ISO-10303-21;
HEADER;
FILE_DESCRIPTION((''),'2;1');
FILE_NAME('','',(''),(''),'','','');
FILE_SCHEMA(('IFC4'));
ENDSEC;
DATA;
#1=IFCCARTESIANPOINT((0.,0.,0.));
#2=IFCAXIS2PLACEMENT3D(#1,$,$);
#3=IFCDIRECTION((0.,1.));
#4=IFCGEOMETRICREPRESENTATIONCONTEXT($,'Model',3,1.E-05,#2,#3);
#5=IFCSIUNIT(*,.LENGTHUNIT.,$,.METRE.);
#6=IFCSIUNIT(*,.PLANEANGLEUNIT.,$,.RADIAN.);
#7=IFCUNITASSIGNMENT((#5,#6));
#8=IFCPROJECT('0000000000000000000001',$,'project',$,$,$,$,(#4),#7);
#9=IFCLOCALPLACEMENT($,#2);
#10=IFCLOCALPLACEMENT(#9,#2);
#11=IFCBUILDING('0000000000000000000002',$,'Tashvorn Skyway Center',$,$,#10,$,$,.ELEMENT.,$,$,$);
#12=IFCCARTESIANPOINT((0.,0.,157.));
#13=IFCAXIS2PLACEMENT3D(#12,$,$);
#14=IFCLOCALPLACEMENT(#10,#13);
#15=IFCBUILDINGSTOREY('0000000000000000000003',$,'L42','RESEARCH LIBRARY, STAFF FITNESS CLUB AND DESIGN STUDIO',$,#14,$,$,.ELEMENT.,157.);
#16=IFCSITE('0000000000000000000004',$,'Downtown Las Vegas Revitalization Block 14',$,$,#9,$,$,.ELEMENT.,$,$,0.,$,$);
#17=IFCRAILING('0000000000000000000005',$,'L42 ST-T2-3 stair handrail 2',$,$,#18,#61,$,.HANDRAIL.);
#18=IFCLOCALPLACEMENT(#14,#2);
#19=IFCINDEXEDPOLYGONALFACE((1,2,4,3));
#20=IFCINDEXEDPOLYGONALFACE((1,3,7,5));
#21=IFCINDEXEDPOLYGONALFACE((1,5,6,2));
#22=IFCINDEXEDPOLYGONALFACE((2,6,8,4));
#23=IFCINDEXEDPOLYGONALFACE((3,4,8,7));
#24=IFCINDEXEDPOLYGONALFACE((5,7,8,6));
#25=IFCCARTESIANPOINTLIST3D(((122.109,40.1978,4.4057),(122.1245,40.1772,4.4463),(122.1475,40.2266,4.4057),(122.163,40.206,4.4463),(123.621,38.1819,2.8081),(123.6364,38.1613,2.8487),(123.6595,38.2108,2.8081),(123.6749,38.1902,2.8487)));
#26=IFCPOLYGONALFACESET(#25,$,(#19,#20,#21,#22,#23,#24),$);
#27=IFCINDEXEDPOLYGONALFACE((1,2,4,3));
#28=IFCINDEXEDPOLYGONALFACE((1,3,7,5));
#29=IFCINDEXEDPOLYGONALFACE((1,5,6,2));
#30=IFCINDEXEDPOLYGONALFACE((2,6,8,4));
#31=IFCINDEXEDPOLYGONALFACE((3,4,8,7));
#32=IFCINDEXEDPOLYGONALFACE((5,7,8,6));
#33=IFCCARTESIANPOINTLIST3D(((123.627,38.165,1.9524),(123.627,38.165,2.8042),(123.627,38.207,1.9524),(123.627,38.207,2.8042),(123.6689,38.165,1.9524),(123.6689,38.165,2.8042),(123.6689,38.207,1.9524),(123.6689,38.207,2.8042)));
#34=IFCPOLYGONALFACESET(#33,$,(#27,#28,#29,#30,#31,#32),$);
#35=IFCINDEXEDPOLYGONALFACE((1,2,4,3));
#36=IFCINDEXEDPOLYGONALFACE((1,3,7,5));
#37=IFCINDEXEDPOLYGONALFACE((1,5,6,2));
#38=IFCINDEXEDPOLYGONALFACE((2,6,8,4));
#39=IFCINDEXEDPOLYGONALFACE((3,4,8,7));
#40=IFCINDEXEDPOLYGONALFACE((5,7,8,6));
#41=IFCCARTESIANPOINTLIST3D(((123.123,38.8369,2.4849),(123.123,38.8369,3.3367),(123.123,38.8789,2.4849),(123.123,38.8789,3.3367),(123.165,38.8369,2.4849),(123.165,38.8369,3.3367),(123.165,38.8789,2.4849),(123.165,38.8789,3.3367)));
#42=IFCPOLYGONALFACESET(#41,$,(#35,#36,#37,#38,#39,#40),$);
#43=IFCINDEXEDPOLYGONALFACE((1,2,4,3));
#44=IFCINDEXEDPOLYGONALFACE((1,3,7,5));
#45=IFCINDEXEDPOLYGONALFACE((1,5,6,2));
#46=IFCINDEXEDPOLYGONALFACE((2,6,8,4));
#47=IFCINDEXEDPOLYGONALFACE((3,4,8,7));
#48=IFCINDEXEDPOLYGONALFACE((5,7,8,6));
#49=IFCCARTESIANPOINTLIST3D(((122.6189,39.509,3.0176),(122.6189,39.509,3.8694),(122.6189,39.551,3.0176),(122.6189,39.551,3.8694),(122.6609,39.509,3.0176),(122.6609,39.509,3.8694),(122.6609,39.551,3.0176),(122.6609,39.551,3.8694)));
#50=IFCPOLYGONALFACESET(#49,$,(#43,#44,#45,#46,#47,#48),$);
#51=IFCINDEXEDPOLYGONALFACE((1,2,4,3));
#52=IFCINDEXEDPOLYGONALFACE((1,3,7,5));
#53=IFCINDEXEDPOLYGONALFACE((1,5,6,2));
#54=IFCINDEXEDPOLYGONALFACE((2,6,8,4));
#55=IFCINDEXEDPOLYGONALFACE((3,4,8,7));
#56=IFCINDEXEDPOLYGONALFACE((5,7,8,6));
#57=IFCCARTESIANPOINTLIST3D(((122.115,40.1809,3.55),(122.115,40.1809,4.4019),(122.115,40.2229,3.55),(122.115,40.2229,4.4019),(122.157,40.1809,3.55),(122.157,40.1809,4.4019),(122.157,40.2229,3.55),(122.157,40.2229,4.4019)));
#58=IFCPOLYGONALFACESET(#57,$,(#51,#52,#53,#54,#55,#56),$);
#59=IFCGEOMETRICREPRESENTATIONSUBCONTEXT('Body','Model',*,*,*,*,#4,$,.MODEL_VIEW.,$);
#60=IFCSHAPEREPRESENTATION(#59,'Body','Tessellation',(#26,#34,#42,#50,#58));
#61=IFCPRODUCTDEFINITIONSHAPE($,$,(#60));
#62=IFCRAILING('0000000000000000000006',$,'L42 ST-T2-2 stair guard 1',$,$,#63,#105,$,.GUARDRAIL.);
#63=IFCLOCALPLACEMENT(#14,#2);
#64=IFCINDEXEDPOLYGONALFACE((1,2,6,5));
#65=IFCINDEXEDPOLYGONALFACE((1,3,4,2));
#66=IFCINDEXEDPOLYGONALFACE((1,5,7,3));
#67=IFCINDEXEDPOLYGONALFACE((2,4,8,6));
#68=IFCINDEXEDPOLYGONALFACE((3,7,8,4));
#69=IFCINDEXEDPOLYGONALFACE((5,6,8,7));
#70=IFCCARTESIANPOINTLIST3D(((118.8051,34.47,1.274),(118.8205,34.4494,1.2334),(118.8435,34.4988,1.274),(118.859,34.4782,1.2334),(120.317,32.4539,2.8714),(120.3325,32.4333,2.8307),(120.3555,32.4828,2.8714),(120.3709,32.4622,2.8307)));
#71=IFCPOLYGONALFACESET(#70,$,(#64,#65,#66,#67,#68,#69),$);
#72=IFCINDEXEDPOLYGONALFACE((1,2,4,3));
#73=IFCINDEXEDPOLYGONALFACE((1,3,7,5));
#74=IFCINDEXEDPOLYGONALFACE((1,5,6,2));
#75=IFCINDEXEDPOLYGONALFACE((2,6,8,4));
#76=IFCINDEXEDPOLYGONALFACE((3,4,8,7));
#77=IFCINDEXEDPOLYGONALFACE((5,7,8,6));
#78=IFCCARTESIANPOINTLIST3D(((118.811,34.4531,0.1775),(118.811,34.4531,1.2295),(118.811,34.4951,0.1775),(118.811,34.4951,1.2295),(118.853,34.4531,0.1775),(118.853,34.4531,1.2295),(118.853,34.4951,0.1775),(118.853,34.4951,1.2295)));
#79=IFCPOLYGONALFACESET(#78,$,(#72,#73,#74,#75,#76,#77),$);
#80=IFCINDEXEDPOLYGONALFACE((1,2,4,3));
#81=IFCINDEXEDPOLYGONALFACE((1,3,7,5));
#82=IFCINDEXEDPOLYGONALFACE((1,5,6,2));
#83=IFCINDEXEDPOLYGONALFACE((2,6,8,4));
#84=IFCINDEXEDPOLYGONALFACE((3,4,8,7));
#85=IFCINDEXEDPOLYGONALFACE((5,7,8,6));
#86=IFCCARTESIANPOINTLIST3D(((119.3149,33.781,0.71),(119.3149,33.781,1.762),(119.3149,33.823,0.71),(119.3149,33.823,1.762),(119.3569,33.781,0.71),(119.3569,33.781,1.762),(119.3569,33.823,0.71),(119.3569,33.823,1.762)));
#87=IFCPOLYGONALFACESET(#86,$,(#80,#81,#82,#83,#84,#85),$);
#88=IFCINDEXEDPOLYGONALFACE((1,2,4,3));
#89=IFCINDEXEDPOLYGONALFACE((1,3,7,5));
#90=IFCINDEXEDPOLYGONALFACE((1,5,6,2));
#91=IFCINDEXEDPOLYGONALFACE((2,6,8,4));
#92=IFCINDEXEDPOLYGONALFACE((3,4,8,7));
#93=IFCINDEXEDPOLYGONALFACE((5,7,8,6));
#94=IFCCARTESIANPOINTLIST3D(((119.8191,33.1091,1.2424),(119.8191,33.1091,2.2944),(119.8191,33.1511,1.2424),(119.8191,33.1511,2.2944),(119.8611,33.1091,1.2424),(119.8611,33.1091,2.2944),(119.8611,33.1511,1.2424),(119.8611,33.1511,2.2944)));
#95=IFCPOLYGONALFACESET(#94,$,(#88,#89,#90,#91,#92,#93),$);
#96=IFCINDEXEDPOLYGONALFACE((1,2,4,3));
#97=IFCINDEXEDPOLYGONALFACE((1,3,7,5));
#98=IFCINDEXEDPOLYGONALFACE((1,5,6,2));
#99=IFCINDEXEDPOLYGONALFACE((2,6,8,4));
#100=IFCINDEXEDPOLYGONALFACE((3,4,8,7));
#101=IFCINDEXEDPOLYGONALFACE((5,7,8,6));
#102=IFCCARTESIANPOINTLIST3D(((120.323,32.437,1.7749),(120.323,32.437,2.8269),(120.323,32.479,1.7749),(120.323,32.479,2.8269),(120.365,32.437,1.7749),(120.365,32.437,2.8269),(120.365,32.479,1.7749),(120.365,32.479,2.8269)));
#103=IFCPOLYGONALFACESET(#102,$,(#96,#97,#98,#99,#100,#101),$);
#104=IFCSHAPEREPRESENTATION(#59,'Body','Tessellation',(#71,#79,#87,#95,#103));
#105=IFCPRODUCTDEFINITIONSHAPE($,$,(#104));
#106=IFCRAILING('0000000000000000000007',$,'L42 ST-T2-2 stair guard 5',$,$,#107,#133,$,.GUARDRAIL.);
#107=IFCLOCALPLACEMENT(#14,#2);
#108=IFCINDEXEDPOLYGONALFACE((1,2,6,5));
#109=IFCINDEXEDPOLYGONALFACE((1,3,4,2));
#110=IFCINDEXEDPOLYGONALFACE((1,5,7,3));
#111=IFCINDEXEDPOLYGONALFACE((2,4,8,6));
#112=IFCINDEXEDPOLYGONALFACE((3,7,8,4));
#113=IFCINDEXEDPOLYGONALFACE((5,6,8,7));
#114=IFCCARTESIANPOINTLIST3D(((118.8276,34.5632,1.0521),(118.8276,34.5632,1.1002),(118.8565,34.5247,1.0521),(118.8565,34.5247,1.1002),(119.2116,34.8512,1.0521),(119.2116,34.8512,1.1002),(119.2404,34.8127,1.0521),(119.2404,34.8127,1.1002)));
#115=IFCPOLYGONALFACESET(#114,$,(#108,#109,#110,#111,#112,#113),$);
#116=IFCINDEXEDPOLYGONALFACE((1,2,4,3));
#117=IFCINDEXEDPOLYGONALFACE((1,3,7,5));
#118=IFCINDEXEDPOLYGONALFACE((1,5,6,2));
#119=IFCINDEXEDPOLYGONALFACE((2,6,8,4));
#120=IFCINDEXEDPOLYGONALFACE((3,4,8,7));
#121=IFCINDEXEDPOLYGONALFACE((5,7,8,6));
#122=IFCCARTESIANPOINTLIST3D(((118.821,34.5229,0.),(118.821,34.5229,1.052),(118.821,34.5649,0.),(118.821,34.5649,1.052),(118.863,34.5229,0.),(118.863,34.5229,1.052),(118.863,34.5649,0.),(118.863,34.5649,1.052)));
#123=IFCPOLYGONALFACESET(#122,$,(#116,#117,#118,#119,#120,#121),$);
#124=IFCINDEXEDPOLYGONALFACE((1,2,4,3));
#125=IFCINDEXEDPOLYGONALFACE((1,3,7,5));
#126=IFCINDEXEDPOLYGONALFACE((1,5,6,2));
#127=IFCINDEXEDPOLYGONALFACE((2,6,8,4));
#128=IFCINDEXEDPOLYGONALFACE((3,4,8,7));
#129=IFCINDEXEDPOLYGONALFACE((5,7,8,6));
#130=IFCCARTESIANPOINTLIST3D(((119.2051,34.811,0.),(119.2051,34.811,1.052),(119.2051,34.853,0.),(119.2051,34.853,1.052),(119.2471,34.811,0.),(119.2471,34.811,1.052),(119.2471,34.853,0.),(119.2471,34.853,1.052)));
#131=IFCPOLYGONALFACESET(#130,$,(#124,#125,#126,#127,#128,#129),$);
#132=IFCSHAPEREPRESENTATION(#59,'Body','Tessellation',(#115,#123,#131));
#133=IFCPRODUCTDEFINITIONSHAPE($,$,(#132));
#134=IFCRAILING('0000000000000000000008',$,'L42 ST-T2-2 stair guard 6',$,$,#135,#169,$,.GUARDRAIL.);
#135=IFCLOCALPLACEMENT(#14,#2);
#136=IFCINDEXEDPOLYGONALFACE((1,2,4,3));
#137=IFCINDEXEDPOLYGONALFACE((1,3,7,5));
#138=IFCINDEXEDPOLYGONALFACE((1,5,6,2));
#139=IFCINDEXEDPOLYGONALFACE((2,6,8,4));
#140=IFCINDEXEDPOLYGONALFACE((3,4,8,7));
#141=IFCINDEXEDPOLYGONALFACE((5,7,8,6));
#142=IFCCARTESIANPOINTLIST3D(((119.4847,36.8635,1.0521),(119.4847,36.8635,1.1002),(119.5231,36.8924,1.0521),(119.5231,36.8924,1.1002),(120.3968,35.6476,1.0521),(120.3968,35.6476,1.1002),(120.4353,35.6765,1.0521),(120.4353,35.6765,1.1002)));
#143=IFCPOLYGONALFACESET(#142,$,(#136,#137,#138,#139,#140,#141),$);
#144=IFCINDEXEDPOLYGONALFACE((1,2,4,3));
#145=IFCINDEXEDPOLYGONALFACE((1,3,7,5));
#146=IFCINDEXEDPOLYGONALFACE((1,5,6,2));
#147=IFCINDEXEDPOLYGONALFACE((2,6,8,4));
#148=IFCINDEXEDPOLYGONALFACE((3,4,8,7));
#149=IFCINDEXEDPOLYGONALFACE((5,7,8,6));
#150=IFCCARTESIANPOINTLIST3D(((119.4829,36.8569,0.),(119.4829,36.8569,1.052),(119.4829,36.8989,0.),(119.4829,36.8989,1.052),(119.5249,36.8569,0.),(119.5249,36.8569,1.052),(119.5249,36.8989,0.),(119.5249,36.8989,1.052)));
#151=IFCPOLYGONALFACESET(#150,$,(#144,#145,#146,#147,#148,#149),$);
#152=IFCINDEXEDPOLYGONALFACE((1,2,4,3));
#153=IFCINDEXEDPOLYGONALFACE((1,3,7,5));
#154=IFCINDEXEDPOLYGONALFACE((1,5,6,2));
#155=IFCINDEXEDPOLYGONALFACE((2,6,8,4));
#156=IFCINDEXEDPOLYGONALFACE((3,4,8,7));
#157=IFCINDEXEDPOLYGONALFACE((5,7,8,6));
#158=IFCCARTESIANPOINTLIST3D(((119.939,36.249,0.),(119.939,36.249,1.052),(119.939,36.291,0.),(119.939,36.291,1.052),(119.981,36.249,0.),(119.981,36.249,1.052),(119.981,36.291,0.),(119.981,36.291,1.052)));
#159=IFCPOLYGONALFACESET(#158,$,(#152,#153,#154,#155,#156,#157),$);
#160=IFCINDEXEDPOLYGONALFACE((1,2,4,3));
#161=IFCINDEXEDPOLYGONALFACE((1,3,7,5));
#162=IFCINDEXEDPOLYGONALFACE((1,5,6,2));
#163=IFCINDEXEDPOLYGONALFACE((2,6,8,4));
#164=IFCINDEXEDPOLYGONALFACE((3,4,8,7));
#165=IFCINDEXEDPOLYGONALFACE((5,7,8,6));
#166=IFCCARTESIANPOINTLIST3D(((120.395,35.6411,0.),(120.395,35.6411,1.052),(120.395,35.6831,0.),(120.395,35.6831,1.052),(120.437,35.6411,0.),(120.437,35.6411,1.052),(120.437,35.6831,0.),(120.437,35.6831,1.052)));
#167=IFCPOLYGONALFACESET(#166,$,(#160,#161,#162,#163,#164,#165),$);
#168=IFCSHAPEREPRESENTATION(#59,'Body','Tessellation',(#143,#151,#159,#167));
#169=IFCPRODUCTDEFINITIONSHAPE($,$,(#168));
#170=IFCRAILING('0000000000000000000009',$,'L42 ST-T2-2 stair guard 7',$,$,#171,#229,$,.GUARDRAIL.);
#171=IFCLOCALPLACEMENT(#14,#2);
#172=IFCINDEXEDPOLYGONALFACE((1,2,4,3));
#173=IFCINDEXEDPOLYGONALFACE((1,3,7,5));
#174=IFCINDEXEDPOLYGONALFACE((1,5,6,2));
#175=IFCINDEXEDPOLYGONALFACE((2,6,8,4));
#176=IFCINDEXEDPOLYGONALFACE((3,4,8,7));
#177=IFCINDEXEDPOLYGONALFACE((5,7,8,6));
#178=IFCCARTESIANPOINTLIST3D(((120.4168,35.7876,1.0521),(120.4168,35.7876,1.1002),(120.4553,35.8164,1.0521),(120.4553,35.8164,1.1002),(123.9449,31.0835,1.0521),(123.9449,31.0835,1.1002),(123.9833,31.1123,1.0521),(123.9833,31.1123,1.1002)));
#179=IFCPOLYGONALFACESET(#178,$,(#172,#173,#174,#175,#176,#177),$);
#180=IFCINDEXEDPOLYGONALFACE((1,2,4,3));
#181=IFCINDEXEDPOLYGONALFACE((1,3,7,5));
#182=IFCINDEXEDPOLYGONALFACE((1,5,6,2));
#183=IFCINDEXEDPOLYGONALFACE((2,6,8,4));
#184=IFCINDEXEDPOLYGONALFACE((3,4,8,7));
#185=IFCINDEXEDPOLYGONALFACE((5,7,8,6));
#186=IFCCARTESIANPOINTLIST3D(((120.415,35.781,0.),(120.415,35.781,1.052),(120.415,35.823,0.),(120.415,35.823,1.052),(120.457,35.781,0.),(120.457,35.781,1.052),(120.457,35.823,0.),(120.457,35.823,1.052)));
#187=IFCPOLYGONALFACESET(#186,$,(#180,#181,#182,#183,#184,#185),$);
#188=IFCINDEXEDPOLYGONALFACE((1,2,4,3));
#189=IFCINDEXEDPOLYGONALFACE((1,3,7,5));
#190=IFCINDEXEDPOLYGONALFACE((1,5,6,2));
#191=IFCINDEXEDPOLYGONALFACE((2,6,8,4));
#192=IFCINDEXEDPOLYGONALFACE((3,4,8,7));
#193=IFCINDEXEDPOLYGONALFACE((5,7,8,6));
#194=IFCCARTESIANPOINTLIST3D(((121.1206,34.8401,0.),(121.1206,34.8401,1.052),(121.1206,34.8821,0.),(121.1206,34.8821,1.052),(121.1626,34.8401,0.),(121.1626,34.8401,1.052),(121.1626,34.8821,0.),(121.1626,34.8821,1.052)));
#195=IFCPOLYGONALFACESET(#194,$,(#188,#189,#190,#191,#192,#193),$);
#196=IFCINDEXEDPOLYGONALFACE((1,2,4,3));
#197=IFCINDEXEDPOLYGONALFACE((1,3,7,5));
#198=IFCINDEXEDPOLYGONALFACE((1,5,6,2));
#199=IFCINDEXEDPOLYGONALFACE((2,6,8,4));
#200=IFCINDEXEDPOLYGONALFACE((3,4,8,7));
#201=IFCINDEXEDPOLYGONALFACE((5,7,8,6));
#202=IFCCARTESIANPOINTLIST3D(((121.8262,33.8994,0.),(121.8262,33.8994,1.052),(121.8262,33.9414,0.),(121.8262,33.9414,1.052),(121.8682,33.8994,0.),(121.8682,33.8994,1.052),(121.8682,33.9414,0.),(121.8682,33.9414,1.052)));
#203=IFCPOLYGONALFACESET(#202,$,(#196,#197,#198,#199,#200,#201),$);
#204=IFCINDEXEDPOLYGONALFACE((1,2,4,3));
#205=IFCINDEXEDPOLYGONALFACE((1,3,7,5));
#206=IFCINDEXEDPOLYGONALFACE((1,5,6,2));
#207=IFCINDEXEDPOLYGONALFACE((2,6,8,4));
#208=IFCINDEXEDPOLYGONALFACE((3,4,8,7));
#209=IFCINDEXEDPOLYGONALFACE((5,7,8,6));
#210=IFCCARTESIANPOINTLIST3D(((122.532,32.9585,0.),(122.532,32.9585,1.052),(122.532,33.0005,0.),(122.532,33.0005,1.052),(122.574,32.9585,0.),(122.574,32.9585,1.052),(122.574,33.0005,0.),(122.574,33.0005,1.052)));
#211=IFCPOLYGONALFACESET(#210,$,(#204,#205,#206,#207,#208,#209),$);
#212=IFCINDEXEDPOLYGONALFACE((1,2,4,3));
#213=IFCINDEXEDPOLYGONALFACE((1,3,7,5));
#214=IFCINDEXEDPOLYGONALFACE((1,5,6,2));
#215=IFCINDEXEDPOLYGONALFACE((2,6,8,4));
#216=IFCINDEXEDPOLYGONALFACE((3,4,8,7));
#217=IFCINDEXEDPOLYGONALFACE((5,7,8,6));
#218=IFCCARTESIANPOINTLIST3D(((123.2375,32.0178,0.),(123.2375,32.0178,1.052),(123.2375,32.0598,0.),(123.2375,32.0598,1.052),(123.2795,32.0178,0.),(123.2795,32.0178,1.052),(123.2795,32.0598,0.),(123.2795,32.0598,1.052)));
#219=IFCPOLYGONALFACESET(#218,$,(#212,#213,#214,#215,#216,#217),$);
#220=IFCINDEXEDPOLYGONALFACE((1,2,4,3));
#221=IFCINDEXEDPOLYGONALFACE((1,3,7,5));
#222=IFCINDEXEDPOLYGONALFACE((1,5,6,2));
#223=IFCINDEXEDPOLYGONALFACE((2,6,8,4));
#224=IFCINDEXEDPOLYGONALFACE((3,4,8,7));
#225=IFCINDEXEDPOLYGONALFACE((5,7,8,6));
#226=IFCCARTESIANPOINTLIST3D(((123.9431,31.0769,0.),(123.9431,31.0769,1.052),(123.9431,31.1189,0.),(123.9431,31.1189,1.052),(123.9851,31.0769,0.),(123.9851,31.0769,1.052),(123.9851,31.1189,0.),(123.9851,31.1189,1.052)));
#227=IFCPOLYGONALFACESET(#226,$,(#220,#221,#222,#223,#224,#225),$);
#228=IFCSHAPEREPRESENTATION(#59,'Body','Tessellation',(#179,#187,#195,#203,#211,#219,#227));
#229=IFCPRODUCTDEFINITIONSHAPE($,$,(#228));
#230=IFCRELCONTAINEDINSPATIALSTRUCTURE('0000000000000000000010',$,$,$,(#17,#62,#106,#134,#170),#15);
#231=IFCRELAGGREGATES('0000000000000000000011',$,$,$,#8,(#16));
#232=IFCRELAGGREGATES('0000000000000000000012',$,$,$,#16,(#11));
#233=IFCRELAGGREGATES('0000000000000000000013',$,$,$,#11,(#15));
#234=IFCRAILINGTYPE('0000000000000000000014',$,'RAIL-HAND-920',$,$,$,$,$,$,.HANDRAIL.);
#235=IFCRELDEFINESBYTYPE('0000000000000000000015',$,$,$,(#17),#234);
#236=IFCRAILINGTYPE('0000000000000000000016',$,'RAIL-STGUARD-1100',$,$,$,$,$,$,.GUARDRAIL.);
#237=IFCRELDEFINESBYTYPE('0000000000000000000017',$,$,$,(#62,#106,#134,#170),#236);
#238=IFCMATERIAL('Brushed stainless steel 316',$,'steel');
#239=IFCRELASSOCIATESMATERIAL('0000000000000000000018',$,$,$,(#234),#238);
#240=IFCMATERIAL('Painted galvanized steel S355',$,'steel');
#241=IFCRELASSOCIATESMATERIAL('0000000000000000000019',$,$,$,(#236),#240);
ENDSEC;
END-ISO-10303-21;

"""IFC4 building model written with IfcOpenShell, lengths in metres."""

from ifc_helpers import new_model, si_unit, direction, frame, origin, origin_2d, place, context, subcontext, project, spatial, rectangle, extrude, material, type_object, element, save


model = new_model("IFC4")

# Units and contexts
model_context = context("Model", 3, precision=1e-05, world=origin(), true_north=direction((0.0, 1.0)))
body_context = subcontext(model_context, "Body", "Model", "MODEL_VIEW")
ifc_project = project(units=[si_unit("LENGTHUNIT", "METRE"), si_unit("PLANEANGLEUNIT", "RADIAN")], contexts=[model_context])

# Site, building, storey
site_placement = place(None, origin())
site = spatial("IfcSite", under=ifc_project, at=site_placement, Name="Downtown Las Vegas Revitalization Block 14", CompositionType="ELEMENT", RefElevation=0.0)
building_placement = place(site_placement, origin())
building = spatial("IfcBuilding", under=site, at=building_placement, Name="Tashvorn Skyway Center", CompositionType="ELEMENT")
storey_placement = place(building_placement, frame((0.0, 0.0, 157.0)))
storey = spatial("IfcBuildingStorey", under=building, at=storey_placement, Name="L42", Description="RESEARCH LIBRARY, STAFF FITNESS CLUB AND DESIGN STUDIO", CompositionType="ELEMENT", Elevation=157.0)

# Railings
ifc_material_1 = material(Name="Brushed stainless steel 316", Category="steel")
railing_type_1 = type_object("IfcRailingType", Name="RAIL-HAND-920", PredefinedType="HANDRAIL", material=ifc_material_1)
railing_1_placement = place(storey_placement, frame((123.6479, 38.186, 1.9524)))
element("IfcRailing", 1, at=railing_1_placement, inside=storey, type_object=railing_type_1, Name="L42 ST-T2-3 stair handrail 2", PredefinedType="HANDRAIL", context=body_context, shape_type="SweptSolid", body=[
    extrude(rectangle(XDim=0.0481, YDim=0.0481, at=origin_2d()), frame((0.0, 0.0, 0.876), z_axis=(-0.506747, 0.675635, 0.535467), x_axis=(-0.799988, -0.600016, 0.0)), (0.0, 0.0, 1.0), 2.9836),
    extrude(rectangle(XDim=0.042, YDim=0.042, at=origin_2d()), origin(), (0.0, 0.0, 1.0), 0.8518),
    extrude(rectangle(XDim=0.042, YDim=0.042, at=origin_2d()), frame((-0.5039, 0.6719, 0.5325)), (0.0, 0.0, 1.0), 0.8518),
    extrude(rectangle(XDim=0.042, YDim=0.042, at=origin_2d()), frame((-1.0081, 1.344, 1.0652)), (0.0, 0.0, 1.0), 0.8518),
    extrude(rectangle(XDim=0.042, YDim=0.042, at=origin_2d()), frame((-1.512, 2.0159, 1.5977)), (0.0, 0.0, 1.0), 0.8518),
])
ifc_material_2 = material(Name="Painted galvanized steel S355", Category="steel")
railing_type_2 = type_object("IfcRailingType", Name="RAIL-STGUARD-1100", PredefinedType="GUARDRAIL", material=ifc_material_2)
railing_2_placement = place(storey_placement, frame((118.832, 34.4741, 0.1775)))
element("IfcRailing", 2, at=railing_2_placement, inside=storey, type_object=railing_type_2, Name="L42 ST-T2-2 stair guard 1", PredefinedType="GUARDRAIL", context=body_context, shape_type="SweptSolid", body=[
    extrude(rectangle(XDim=0.0481, YDim=0.0481, at=origin_2d()), frame((0.0, 0.0, 1.0762), z_axis=(0.506741, -0.675709, 0.535379), x_axis=(0.800023, 0.599969, 0.0)), (0.0, 0.0, 1.0), 2.9836),
    extrude(rectangle(XDim=0.042, YDim=0.042, at=origin_2d()), origin(), (0.0, 0.0, 1.0), 1.052),
    extrude(rectangle(XDim=0.042, YDim=0.042, at=origin_2d()), frame((0.5039, -0.6721, 0.5325)), (0.0, 0.0, 1.0), 1.052),
    extrude(rectangle(XDim=0.042, YDim=0.042, at=origin_2d()), frame((1.0081, -1.344, 1.0649)), (0.0, 0.0, 1.0), 1.052),
    extrude(rectangle(XDim=0.042, YDim=0.042, at=origin_2d()), frame((1.512, -2.0161, 1.5974)), (0.0, 0.0, 1.0), 1.052),
])
railing_3_placement = place(storey_placement, frame((118.842, 34.5439, 0.0)))
element("IfcRailing", 3, at=railing_3_placement, inside=storey, type_object=railing_type_2, Name="L42 ST-T2-2 stair guard 5", PredefinedType="GUARDRAIL", context=body_context, shape_type="SweptSolid", body=[
    extrude(rectangle(XDim=0.0481, YDim=0.0481, at=origin_2d()), frame((0.0, 0.0, 1.0762), z_axis=(0.799939, 0.600081, 0.0), x_axis=(-0.600081, 0.799939, 0.0)), (0.0, 0.0, 1.0), 0.48),
    extrude(rectangle(XDim=0.042, YDim=0.042, at=origin_2d()), origin(), (0.0, 0.0, 1.0), 1.052),
    extrude(rectangle(XDim=0.042, YDim=0.042, at=origin_2d()), frame((0.384, 0.2881, 0.0)), (0.0, 0.0, 1.0), 1.052),
])
railing_4_placement = place(storey_placement, frame((119.5039, 36.8779, 0.0)))
element("IfcRailing", 4, at=railing_4_placement, inside=storey, type_object=railing_type_2, Name="L42 ST-T2-2 stair guard 6", PredefinedType="GUARDRAIL", context=body_context, shape_type="SweptSolid", body=[
    extrude(rectangle(XDim=0.0481, YDim=0.0481, at=origin_2d()), frame((0.0, 0.0, 1.0762), z_axis=(0.600103, -0.799923, 0.0), x_axis=(0.799923, 0.600103, 0.0)), (0.0, 0.0, 1.0), 1.52),
    extrude(rectangle(XDim=0.042, YDim=0.042, at=origin_2d()), origin(), (0.0, 0.0, 1.0), 1.052),
    extrude(rectangle(XDim=0.042, YDim=0.042, at=origin_2d()), frame((0.4561, -0.6079, 0.0)), (0.0, 0.0, 1.0), 1.052),
    extrude(rectangle(XDim=0.042, YDim=0.042, at=origin_2d()), frame((0.9121, -1.2158, 0.0)), (0.0, 0.0, 1.0), 1.052),
])
railing_5_placement = place(storey_placement, frame((120.436, 35.802, 0.0)))
element("IfcRailing", 5, at=railing_5_placement, inside=storey, type_object=railing_type_2, Name="L42 ST-T2-2 stair guard 7", PredefinedType="GUARDRAIL", context=body_context, shape_type="SweptSolid", body=[
    extrude(rectangle(XDim=0.0481, YDim=0.0481, at=origin_2d()), frame((0.0, 0.0, 1.0762), z_axis=(0.6, -0.8, 0.0), x_axis=(0.8, 0.6, 0.0)), (0.0, 0.0, 1.0), 5.8801),
    extrude(rectangle(XDim=0.042, YDim=0.042, at=origin_2d()), origin(), (0.0, 0.0, 1.0), 1.052),
    extrude(rectangle(XDim=0.042, YDim=0.042, at=origin_2d()), frame((0.7056, -0.9409, 0.0)), (0.0, 0.0, 1.0), 1.052),
    extrude(rectangle(XDim=0.042, YDim=0.042, at=origin_2d()), frame((1.4111, -1.8816, 0.0)), (0.0, 0.0, 1.0), 1.052),
    extrude(rectangle(XDim=0.042, YDim=0.042, at=origin_2d()), frame((2.1169, -2.8225, 0.0)), (0.0, 0.0, 1.0), 1.052),
    extrude(rectangle(XDim=0.042, YDim=0.042, at=origin_2d()), frame((2.8225, -3.7632, 0.0)), (0.0, 0.0, 1.0), 1.052),
    extrude(rectangle(XDim=0.042, YDim=0.042, at=origin_2d()), frame((3.5281, -4.7041, 0.0)), (0.0, 0.0, 1.0), 1.052),
])

save(model, "model.ifc")
